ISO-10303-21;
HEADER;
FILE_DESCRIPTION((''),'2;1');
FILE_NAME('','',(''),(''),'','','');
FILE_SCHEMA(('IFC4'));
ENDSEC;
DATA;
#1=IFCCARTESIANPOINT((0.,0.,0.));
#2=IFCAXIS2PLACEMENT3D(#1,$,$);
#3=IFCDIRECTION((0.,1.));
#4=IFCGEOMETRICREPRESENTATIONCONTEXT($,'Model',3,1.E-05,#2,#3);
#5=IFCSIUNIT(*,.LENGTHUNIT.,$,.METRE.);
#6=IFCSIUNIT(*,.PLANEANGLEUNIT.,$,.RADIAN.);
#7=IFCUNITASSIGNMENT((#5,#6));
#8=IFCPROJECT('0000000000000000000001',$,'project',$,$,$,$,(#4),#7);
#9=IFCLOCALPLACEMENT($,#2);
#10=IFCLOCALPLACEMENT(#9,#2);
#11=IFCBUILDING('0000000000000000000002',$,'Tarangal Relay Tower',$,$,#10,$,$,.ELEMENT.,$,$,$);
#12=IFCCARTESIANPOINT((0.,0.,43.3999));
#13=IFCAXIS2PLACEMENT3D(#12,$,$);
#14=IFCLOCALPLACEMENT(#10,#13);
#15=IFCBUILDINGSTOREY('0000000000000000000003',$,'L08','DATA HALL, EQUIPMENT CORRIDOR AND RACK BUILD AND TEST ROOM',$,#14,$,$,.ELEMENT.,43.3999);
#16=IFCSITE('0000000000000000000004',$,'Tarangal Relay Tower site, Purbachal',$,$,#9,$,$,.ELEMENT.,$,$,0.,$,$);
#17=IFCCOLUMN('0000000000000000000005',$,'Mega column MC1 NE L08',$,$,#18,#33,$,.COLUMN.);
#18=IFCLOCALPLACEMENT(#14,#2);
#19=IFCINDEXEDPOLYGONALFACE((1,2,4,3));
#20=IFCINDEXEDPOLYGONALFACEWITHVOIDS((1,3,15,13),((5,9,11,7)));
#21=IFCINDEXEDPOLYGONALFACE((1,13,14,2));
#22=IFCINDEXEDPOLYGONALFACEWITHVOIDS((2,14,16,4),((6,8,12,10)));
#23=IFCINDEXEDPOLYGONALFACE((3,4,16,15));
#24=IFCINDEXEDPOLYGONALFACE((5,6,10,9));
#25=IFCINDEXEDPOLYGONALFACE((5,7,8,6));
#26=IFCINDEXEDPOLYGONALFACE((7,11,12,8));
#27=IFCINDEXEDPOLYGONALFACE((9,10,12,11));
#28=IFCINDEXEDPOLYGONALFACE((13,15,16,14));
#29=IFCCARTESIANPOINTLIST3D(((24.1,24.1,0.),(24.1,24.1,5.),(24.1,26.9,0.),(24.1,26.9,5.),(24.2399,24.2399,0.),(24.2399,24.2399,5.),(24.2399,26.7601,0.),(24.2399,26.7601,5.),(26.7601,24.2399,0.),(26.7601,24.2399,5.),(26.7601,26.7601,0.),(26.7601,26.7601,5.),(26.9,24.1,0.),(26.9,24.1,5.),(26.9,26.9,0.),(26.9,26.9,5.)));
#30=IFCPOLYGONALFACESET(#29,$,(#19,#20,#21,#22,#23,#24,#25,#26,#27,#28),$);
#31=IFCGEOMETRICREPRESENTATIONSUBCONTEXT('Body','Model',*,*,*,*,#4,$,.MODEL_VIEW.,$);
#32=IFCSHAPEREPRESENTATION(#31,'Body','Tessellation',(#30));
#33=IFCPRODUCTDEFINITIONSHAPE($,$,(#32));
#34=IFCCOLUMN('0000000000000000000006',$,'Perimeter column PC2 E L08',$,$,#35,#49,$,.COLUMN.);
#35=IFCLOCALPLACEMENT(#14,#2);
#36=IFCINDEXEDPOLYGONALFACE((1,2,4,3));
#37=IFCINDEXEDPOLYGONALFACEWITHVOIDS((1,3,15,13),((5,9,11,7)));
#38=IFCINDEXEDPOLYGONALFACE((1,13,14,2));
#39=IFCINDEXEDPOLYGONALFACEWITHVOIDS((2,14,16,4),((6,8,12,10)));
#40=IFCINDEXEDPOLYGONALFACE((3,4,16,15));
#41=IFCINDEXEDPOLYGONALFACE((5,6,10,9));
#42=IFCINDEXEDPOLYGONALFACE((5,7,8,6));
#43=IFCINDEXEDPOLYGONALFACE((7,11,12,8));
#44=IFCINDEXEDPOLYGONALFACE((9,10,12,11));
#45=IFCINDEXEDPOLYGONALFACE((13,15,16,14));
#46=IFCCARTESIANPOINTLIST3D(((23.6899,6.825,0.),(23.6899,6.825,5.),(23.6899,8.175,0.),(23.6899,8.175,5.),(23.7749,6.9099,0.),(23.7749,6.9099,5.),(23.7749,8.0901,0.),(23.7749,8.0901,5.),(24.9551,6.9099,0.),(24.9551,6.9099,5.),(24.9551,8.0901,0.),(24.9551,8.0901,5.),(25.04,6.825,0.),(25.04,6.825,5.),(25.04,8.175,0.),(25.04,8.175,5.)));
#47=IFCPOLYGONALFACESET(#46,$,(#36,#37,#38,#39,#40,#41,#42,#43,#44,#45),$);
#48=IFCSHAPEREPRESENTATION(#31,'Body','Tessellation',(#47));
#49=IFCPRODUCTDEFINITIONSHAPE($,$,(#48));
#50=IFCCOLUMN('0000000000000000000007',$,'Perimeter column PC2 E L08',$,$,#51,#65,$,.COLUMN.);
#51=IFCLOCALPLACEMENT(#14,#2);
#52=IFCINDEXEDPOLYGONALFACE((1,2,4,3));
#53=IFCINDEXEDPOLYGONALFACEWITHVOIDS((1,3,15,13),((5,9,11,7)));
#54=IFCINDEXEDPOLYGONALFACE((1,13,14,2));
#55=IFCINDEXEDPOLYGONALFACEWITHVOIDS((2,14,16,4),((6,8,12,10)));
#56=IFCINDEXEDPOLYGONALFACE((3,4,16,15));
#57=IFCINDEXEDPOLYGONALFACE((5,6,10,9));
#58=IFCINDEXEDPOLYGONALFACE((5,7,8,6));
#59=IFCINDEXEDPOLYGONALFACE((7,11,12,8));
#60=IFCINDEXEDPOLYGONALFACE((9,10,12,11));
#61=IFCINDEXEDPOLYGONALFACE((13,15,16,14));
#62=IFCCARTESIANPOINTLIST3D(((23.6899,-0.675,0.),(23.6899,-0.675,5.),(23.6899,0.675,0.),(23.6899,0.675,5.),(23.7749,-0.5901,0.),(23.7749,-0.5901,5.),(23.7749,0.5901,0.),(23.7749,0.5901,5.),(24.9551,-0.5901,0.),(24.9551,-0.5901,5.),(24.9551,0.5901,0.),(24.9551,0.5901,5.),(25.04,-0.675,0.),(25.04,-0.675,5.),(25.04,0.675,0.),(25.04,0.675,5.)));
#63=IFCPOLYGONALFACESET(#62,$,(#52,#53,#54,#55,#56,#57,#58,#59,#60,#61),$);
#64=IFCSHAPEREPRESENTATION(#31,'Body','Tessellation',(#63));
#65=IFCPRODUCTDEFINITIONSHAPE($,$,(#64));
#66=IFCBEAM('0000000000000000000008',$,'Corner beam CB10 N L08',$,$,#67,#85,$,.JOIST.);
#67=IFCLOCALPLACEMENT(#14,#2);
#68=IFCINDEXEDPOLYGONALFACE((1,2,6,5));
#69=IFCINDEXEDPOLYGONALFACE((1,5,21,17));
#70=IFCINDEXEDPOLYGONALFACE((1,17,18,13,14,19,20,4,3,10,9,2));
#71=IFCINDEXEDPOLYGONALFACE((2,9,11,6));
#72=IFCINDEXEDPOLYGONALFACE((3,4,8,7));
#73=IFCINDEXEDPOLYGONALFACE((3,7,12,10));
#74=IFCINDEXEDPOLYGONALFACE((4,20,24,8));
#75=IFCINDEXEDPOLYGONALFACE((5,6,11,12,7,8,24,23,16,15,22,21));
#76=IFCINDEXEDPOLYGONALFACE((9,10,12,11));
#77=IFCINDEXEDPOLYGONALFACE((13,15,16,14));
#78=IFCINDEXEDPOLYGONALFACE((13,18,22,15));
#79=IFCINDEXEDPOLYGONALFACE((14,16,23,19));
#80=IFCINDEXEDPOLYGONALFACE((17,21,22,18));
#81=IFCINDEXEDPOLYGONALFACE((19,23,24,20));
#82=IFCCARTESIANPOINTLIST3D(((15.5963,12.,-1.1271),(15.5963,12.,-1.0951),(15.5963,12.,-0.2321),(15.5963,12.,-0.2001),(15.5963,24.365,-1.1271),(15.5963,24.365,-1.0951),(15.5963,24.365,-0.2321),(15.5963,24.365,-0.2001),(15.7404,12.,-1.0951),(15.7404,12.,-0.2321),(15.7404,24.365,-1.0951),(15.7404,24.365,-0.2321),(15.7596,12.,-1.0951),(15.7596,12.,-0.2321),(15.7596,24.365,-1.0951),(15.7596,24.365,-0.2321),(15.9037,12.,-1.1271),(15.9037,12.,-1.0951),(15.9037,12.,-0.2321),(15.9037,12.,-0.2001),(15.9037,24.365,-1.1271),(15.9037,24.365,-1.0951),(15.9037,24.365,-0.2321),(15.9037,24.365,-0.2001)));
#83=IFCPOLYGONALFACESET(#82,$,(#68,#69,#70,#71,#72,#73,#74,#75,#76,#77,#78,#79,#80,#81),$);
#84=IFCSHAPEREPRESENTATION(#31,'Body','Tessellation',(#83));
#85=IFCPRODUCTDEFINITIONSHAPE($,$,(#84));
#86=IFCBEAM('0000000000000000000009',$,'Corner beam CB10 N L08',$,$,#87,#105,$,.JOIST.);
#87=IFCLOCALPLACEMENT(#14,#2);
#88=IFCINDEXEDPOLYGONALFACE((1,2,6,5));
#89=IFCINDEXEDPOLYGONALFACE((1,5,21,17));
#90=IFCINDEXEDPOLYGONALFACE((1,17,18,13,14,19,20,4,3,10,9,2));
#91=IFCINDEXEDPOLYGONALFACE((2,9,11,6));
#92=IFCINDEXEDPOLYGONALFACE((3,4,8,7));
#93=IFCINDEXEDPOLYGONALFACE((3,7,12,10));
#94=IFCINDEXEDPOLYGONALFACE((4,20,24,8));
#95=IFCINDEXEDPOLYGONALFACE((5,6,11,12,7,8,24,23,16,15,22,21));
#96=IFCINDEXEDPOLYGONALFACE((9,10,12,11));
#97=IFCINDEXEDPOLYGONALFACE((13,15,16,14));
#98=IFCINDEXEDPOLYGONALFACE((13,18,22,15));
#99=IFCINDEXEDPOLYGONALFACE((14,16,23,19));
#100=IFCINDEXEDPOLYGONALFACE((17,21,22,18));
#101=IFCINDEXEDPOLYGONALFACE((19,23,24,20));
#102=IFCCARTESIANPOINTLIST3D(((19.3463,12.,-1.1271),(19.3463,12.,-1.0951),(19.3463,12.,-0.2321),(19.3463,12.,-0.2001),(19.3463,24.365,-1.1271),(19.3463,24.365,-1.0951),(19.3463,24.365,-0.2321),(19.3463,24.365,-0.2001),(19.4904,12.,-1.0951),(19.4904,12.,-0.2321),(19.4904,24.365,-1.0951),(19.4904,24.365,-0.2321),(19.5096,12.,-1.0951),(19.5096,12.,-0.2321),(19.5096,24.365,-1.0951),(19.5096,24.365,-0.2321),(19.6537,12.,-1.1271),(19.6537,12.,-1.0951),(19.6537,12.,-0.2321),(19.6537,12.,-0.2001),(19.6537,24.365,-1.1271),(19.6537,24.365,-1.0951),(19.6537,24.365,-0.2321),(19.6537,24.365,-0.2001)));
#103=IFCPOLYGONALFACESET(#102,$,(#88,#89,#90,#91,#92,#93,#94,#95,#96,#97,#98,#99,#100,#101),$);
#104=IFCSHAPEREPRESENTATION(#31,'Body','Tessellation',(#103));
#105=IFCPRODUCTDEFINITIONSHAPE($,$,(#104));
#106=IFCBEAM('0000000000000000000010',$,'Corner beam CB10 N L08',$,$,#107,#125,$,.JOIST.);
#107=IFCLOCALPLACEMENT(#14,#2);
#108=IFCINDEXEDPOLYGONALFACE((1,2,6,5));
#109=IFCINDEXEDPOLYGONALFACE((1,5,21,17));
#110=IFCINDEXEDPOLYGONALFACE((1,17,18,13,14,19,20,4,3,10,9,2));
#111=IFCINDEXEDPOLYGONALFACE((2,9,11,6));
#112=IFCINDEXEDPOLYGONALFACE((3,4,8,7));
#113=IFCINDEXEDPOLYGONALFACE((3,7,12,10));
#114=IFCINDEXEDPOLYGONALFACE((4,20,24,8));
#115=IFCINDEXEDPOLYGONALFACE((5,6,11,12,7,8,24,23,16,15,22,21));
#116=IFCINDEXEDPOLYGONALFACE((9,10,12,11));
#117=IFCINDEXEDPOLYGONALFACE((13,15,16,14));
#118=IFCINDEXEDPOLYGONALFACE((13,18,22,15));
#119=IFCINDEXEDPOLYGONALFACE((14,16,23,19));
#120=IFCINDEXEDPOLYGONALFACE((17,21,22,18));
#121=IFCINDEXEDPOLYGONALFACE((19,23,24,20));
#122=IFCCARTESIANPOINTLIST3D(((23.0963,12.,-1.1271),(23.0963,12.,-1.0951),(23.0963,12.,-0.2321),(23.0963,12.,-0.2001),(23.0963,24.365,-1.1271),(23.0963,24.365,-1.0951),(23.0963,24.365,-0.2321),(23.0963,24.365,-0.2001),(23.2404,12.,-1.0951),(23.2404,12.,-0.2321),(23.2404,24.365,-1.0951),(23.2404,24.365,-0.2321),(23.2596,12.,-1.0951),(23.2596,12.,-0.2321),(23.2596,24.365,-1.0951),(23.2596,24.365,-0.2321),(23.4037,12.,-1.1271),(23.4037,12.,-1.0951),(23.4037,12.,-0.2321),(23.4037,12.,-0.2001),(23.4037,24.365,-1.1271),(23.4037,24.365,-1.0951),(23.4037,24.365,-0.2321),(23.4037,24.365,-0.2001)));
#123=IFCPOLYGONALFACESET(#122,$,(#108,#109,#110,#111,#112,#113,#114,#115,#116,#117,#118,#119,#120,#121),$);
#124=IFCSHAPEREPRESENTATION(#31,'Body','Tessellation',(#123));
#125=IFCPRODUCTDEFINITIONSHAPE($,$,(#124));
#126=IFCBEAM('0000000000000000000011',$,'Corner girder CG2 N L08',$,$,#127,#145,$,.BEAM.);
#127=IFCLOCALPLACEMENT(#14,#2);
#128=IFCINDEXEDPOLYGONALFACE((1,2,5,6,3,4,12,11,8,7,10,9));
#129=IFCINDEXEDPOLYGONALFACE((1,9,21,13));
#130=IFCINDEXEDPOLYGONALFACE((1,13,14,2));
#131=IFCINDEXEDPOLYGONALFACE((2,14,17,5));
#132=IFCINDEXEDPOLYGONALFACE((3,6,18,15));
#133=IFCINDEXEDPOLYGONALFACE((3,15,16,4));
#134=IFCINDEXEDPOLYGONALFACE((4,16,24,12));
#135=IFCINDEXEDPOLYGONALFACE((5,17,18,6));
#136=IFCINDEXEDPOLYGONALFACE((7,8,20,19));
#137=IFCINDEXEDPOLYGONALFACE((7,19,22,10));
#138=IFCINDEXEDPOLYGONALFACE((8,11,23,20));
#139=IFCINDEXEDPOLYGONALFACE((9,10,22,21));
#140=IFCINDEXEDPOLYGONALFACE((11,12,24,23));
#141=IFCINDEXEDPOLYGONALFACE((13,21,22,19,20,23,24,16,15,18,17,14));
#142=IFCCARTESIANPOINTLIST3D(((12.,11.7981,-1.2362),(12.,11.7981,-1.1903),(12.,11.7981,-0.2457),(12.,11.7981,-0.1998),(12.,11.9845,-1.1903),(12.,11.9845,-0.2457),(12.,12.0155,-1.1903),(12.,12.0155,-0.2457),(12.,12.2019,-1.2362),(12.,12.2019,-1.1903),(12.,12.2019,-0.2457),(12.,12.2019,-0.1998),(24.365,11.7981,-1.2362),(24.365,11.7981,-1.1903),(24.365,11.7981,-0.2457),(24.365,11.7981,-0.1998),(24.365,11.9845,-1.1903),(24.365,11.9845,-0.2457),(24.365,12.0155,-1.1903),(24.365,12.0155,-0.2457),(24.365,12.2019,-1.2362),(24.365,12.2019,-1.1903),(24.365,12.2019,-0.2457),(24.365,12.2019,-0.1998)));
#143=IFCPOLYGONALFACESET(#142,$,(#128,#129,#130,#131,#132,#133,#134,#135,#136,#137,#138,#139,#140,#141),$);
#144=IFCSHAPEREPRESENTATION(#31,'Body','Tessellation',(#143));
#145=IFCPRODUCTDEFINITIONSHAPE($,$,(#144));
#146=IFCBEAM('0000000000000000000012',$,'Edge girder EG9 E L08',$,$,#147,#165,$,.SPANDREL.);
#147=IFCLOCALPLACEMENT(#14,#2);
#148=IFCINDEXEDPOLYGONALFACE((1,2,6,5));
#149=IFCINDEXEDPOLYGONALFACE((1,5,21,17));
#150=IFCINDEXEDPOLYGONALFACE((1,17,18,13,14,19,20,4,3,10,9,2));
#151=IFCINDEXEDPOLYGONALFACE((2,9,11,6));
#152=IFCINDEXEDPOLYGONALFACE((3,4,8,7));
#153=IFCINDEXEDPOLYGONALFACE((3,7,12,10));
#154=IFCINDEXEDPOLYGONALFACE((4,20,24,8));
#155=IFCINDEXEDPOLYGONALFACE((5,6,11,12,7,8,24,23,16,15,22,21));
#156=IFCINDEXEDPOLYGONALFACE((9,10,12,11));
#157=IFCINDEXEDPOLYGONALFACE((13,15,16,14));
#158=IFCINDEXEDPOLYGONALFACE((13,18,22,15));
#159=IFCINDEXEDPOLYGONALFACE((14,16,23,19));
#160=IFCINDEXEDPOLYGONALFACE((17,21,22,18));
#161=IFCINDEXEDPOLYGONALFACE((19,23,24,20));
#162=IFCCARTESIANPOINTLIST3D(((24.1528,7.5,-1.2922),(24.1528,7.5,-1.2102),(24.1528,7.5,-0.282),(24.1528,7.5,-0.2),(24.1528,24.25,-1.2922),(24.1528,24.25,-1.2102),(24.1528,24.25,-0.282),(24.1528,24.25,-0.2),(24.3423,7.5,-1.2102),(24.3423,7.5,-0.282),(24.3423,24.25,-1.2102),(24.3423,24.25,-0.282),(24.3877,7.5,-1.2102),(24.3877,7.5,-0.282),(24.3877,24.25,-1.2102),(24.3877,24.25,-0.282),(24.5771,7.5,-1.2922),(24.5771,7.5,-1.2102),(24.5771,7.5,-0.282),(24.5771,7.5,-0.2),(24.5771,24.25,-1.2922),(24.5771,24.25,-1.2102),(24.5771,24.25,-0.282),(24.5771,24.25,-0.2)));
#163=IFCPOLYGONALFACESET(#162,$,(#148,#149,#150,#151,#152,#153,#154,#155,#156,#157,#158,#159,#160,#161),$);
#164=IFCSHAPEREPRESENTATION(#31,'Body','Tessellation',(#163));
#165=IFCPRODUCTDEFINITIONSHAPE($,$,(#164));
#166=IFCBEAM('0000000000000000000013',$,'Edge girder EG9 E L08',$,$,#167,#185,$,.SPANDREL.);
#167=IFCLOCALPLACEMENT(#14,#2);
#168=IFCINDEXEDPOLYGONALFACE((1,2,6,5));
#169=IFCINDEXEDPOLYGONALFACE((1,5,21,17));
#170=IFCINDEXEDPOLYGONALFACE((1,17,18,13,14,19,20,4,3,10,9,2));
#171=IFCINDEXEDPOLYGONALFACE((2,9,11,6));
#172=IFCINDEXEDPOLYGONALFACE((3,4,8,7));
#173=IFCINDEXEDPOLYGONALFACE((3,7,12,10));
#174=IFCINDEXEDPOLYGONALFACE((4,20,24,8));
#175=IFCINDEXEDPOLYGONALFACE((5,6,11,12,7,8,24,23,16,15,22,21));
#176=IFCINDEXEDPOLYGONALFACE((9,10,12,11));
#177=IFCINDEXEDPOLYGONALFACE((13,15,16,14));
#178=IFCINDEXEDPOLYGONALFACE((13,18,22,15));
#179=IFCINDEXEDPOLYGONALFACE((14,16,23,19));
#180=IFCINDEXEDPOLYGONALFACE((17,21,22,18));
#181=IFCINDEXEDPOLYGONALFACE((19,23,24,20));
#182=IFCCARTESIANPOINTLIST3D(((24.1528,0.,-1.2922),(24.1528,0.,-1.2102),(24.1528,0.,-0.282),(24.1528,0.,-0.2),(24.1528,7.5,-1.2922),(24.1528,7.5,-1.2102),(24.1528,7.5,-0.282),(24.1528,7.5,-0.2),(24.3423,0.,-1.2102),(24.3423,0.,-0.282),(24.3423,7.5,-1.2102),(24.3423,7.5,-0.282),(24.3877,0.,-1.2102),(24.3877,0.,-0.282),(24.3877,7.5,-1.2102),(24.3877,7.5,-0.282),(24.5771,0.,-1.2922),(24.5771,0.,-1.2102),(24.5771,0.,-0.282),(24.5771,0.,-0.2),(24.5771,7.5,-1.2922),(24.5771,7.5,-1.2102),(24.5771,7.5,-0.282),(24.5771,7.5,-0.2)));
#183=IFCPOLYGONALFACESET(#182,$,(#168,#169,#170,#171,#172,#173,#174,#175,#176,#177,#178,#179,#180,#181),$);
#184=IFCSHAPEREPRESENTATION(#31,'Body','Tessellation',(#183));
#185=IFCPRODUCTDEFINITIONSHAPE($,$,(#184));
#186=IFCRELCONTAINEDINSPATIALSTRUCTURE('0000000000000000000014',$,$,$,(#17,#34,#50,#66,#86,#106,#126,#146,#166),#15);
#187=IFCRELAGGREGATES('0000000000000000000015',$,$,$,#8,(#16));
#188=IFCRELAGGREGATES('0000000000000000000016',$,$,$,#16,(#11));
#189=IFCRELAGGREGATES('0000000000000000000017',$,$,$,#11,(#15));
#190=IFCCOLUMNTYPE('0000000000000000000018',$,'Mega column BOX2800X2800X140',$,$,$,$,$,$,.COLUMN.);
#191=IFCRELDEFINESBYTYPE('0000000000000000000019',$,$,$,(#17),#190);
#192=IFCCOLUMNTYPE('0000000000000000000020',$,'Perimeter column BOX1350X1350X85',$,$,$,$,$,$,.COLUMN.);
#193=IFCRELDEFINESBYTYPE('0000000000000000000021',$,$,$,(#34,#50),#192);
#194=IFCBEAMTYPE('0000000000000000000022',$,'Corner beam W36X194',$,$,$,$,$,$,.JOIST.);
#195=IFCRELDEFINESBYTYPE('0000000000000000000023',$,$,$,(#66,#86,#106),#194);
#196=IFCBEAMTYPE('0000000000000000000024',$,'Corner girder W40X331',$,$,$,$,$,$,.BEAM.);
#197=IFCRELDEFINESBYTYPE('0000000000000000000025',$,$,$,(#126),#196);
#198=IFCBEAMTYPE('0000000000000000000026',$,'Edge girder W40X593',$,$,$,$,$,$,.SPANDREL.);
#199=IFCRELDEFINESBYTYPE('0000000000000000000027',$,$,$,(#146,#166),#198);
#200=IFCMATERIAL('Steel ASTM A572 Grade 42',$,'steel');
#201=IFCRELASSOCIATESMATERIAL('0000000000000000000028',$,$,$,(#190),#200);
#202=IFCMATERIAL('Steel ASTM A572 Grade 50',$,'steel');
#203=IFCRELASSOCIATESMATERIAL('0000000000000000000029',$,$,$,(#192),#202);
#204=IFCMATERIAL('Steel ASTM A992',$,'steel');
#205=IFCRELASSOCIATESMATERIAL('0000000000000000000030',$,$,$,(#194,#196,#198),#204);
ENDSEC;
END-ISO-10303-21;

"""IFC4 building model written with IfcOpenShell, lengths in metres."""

from ifc_helpers import new_model, si_unit, direction, frame, origin, origin_2d, place, context, subcontext, project, spatial, hollow_rectangle, i_section, extrude, material, material_profile, profile_set, type_object, element, save


model = new_model("IFC4")

# Units and contexts
model_context = context("Model", 3, precision=1e-05, world=origin(), true_north=direction((0.0, 1.0)))
body_context = subcontext(model_context, "Body", "Model", "MODEL_VIEW")
ifc_project = project(units=[si_unit("LENGTHUNIT", "METRE"), si_unit("PLANEANGLEUNIT", "RADIAN")], contexts=[model_context])

# Site, building, storey
site_placement = place(None, origin())
site = spatial("IfcSite", under=ifc_project, at=site_placement, Name="Tarangal Relay Tower site, Purbachal", CompositionType="ELEMENT", RefElevation=0.0)
building_placement = place(site_placement, origin())
building = spatial("IfcBuilding", under=site, at=building_placement, Name="Tarangal Relay Tower", CompositionType="ELEMENT")
storey_placement = place(building_placement, frame((0.0, 0.0, 43.3999)))
storey = spatial("IfcBuildingStorey", under=building, at=storey_placement, Name="L08", Description="DATA HALL, EQUIPMENT CORRIDOR AND RACK BUILD AND TEST ROOM", CompositionType="ELEMENT", Elevation=43.3999)

# Columns
ifc_material_1 = material(Name="Steel ASTM A572 Grade 42", Category="steel")
ifc_material_profile_1 = material_profile(ifc_material_1, hollow_rectangle(XDim=2.8, YDim=2.8, WallThickness=0.1399, at=origin_2d()), Name="BOX2800X2800X140")
ifc_profile_set_1 = profile_set([ifc_material_profile_1], Name="Steel ASTM A572 Grade 42")
column_type_1 = type_object("IfcColumnType", Name="Mega column BOX2800X2800X140", PredefinedType="COLUMN", material=ifc_profile_set_1)
column_placement = place(storey_placement, frame((25.5, 25.5, 0.0), z_axis=(0.0, 0.0, 1.0), x_axis=(1.0, 0.0, 0.0)))
element("IfcColumn", 1, at=column_placement, inside=storey, type_object=column_type_1, Name="Mega column MC1 NE L08", PredefinedType="COLUMN", context=body_context, shape_type="SweptSolid", body=[
    extrude(hollow_rectangle(XDim=2.8, YDim=2.8, WallThickness=0.1399, at=origin_2d()), origin(), (0.0, 0.0, 1.0), 5.0),
])
ifc_material_2 = material(Name="Steel ASTM A572 Grade 50", Category="steel")
ifc_material_profile_2 = material_profile(ifc_material_2, hollow_rectangle(XDim=1.3501, YDim=1.3501, WallThickness=0.085, at=origin_2d()), Name="BOX1350X1350X85")
ifc_profile_set_2 = profile_set([ifc_material_profile_2], Name="Steel ASTM A572 Grade 50")
column_type_2 = type_object("IfcColumnType", Name="Perimeter column BOX1350X1350X85", PredefinedType="COLUMN", material=ifc_profile_set_2)
for number, where, z_axis, x_axis, name in (
    (2, (24.365, 7.5, 0.0), (0.0, 0.0, 1.0), (1.0, 0.0, 0.0), "Perimeter column PC2 E L08"),
    (3, (24.365, 0.0, 0.0), (0.0, 0.0, 1.0), (1.0, 0.0, 0.0), "Perimeter column PC2 E L08"),
):
    element("IfcColumn", number, at=place(storey_placement, frame(where, z_axis=z_axis, x_axis=x_axis)), inside=storey, type_object=column_type_2, Name=name, PredefinedType="COLUMN", context=body_context, shape_type="SweptSolid", body=[
        extrude(hollow_rectangle(XDim=1.3501, YDim=1.3501, WallThickness=0.085, at=origin_2d()), origin(), (0.0, 0.0, 1.0), 5.0),
    ])

# Beams
ifc_material_3 = material(Name="Steel ASTM A992", Category="steel")
ifc_material_profile_3 = material_profile(ifc_material_3, i_section(OverallWidth=0.3074, OverallDepth=0.927, WebThickness=0.0193, FlangeThickness=0.032, at=origin_2d()), Name="W36X194")
ifc_profile_set_3 = profile_set([ifc_material_profile_3], Name="Steel ASTM A992")
beam_type_1 = type_object("IfcBeamType", Name="Corner beam W36X194", PredefinedType="JOIST", material=ifc_profile_set_3)
for number, where, z_axis, x_axis, name in (
    (4, (15.75, 12.0, -0.6636), (0.0, 1.0, 0.0), (-1.0, 0.0, 0.0), "Corner beam CB10 N L08"),
    (5, (19.5, 12.0, -0.6636), (0.0, 1.0, 0.0), (-1.0, 0.0, 0.0), "Corner beam CB10 N L08"),
    (6, (23.25, 12.0, -0.6636), (0.0, 1.0, 0.0), (-1.0, 0.0, 0.0), "Corner beam CB10 N L08"),
):
    element("IfcBeam", number, at=place(storey_placement, frame(where, z_axis=z_axis, x_axis=x_axis)), inside=storey, type_object=beam_type_1, Name=name, PredefinedType="JOIST", context=body_context, shape_type="SweptSolid", body=[
        extrude(i_section(OverallWidth=0.3074, OverallDepth=0.927, WebThickness=0.0193, FlangeThickness=0.032, at=origin_2d()), origin(), (0.0, 0.0, 1.0), 12.365),
    ])
ifc_material_profile_4 = material_profile(ifc_material_3, i_section(OverallWidth=0.4038, OverallDepth=1.0364, WebThickness=0.031, FlangeThickness=0.0459, at=origin_2d()), Name="W40X331")
ifc_profile_set_4 = profile_set([ifc_material_profile_4], Name="Steel ASTM A992")
beam_type_2 = type_object("IfcBeamType", Name="Corner girder W40X331", PredefinedType="BEAM", material=ifc_profile_set_4)
beam_1_placement = place(storey_placement, frame((12.0, 12.0, -0.718), z_axis=(1.0, 0.0, 0.0), x_axis=(0.0, 1.0, 0.0)))
element("IfcBeam", 7, at=beam_1_placement, inside=storey, type_object=beam_type_2, Name="Corner girder CG2 N L08", PredefinedType="BEAM", context=body_context, shape_type="SweptSolid", body=[
    extrude(i_section(OverallWidth=0.4038, OverallDepth=1.0364, WebThickness=0.031, FlangeThickness=0.0459, at=origin_2d()), origin(), (0.0, 0.0, 1.0), 12.365),
])
ifc_material_profile_5 = material_profile(ifc_material_3, i_section(OverallWidth=0.4243, OverallDepth=1.0923, WebThickness=0.0454, FlangeThickness=0.082, at=origin_2d()), Name="W40X593")
ifc_profile_set_5 = profile_set([ifc_material_profile_5], Name="Steel ASTM A992")
beam_type_3 = type_object("IfcBeamType", Name="Edge girder W40X593", PredefinedType="SPANDREL", material=ifc_profile_set_5)
beam_2_placement = place(storey_placement, frame((24.365, 24.25, -0.7461), z_axis=(0.0, -1.0, 0.0), x_axis=(1.0, 0.0, 0.0)))
element("IfcBeam", 8, at=beam_2_placement, inside=storey, type_object=beam_type_3, Name="Edge girder EG9 E L08", PredefinedType="SPANDREL", context=body_context, shape_type="SweptSolid", body=[
    extrude(i_section(OverallWidth=0.4243, OverallDepth=1.0923, WebThickness=0.0454, FlangeThickness=0.082, at=origin_2d()), origin(), (0.0, 0.0, 1.0), 16.75),
])
for number, where, z_axis, x_axis, name in (
    (9, (24.365, 7.5, -0.7461), (0.0, -1.0, 0.0), (1.0, 0.0, 0.0), "Edge girder EG9 E L08"),
):
    element("IfcBeam", number, at=place(storey_placement, frame(where, z_axis=z_axis, x_axis=x_axis)), inside=storey, type_object=beam_type_3, Name=name, PredefinedType="SPANDREL", context=body_context, shape_type="SweptSolid", body=[
        extrude(i_section(OverallWidth=0.4243, OverallDepth=1.0923, WebThickness=0.0454, FlangeThickness=0.082, at=origin_2d()), origin(), (0.0, 0.0, 1.0), 7.5),
    ])

save(model, "model.ifc")
